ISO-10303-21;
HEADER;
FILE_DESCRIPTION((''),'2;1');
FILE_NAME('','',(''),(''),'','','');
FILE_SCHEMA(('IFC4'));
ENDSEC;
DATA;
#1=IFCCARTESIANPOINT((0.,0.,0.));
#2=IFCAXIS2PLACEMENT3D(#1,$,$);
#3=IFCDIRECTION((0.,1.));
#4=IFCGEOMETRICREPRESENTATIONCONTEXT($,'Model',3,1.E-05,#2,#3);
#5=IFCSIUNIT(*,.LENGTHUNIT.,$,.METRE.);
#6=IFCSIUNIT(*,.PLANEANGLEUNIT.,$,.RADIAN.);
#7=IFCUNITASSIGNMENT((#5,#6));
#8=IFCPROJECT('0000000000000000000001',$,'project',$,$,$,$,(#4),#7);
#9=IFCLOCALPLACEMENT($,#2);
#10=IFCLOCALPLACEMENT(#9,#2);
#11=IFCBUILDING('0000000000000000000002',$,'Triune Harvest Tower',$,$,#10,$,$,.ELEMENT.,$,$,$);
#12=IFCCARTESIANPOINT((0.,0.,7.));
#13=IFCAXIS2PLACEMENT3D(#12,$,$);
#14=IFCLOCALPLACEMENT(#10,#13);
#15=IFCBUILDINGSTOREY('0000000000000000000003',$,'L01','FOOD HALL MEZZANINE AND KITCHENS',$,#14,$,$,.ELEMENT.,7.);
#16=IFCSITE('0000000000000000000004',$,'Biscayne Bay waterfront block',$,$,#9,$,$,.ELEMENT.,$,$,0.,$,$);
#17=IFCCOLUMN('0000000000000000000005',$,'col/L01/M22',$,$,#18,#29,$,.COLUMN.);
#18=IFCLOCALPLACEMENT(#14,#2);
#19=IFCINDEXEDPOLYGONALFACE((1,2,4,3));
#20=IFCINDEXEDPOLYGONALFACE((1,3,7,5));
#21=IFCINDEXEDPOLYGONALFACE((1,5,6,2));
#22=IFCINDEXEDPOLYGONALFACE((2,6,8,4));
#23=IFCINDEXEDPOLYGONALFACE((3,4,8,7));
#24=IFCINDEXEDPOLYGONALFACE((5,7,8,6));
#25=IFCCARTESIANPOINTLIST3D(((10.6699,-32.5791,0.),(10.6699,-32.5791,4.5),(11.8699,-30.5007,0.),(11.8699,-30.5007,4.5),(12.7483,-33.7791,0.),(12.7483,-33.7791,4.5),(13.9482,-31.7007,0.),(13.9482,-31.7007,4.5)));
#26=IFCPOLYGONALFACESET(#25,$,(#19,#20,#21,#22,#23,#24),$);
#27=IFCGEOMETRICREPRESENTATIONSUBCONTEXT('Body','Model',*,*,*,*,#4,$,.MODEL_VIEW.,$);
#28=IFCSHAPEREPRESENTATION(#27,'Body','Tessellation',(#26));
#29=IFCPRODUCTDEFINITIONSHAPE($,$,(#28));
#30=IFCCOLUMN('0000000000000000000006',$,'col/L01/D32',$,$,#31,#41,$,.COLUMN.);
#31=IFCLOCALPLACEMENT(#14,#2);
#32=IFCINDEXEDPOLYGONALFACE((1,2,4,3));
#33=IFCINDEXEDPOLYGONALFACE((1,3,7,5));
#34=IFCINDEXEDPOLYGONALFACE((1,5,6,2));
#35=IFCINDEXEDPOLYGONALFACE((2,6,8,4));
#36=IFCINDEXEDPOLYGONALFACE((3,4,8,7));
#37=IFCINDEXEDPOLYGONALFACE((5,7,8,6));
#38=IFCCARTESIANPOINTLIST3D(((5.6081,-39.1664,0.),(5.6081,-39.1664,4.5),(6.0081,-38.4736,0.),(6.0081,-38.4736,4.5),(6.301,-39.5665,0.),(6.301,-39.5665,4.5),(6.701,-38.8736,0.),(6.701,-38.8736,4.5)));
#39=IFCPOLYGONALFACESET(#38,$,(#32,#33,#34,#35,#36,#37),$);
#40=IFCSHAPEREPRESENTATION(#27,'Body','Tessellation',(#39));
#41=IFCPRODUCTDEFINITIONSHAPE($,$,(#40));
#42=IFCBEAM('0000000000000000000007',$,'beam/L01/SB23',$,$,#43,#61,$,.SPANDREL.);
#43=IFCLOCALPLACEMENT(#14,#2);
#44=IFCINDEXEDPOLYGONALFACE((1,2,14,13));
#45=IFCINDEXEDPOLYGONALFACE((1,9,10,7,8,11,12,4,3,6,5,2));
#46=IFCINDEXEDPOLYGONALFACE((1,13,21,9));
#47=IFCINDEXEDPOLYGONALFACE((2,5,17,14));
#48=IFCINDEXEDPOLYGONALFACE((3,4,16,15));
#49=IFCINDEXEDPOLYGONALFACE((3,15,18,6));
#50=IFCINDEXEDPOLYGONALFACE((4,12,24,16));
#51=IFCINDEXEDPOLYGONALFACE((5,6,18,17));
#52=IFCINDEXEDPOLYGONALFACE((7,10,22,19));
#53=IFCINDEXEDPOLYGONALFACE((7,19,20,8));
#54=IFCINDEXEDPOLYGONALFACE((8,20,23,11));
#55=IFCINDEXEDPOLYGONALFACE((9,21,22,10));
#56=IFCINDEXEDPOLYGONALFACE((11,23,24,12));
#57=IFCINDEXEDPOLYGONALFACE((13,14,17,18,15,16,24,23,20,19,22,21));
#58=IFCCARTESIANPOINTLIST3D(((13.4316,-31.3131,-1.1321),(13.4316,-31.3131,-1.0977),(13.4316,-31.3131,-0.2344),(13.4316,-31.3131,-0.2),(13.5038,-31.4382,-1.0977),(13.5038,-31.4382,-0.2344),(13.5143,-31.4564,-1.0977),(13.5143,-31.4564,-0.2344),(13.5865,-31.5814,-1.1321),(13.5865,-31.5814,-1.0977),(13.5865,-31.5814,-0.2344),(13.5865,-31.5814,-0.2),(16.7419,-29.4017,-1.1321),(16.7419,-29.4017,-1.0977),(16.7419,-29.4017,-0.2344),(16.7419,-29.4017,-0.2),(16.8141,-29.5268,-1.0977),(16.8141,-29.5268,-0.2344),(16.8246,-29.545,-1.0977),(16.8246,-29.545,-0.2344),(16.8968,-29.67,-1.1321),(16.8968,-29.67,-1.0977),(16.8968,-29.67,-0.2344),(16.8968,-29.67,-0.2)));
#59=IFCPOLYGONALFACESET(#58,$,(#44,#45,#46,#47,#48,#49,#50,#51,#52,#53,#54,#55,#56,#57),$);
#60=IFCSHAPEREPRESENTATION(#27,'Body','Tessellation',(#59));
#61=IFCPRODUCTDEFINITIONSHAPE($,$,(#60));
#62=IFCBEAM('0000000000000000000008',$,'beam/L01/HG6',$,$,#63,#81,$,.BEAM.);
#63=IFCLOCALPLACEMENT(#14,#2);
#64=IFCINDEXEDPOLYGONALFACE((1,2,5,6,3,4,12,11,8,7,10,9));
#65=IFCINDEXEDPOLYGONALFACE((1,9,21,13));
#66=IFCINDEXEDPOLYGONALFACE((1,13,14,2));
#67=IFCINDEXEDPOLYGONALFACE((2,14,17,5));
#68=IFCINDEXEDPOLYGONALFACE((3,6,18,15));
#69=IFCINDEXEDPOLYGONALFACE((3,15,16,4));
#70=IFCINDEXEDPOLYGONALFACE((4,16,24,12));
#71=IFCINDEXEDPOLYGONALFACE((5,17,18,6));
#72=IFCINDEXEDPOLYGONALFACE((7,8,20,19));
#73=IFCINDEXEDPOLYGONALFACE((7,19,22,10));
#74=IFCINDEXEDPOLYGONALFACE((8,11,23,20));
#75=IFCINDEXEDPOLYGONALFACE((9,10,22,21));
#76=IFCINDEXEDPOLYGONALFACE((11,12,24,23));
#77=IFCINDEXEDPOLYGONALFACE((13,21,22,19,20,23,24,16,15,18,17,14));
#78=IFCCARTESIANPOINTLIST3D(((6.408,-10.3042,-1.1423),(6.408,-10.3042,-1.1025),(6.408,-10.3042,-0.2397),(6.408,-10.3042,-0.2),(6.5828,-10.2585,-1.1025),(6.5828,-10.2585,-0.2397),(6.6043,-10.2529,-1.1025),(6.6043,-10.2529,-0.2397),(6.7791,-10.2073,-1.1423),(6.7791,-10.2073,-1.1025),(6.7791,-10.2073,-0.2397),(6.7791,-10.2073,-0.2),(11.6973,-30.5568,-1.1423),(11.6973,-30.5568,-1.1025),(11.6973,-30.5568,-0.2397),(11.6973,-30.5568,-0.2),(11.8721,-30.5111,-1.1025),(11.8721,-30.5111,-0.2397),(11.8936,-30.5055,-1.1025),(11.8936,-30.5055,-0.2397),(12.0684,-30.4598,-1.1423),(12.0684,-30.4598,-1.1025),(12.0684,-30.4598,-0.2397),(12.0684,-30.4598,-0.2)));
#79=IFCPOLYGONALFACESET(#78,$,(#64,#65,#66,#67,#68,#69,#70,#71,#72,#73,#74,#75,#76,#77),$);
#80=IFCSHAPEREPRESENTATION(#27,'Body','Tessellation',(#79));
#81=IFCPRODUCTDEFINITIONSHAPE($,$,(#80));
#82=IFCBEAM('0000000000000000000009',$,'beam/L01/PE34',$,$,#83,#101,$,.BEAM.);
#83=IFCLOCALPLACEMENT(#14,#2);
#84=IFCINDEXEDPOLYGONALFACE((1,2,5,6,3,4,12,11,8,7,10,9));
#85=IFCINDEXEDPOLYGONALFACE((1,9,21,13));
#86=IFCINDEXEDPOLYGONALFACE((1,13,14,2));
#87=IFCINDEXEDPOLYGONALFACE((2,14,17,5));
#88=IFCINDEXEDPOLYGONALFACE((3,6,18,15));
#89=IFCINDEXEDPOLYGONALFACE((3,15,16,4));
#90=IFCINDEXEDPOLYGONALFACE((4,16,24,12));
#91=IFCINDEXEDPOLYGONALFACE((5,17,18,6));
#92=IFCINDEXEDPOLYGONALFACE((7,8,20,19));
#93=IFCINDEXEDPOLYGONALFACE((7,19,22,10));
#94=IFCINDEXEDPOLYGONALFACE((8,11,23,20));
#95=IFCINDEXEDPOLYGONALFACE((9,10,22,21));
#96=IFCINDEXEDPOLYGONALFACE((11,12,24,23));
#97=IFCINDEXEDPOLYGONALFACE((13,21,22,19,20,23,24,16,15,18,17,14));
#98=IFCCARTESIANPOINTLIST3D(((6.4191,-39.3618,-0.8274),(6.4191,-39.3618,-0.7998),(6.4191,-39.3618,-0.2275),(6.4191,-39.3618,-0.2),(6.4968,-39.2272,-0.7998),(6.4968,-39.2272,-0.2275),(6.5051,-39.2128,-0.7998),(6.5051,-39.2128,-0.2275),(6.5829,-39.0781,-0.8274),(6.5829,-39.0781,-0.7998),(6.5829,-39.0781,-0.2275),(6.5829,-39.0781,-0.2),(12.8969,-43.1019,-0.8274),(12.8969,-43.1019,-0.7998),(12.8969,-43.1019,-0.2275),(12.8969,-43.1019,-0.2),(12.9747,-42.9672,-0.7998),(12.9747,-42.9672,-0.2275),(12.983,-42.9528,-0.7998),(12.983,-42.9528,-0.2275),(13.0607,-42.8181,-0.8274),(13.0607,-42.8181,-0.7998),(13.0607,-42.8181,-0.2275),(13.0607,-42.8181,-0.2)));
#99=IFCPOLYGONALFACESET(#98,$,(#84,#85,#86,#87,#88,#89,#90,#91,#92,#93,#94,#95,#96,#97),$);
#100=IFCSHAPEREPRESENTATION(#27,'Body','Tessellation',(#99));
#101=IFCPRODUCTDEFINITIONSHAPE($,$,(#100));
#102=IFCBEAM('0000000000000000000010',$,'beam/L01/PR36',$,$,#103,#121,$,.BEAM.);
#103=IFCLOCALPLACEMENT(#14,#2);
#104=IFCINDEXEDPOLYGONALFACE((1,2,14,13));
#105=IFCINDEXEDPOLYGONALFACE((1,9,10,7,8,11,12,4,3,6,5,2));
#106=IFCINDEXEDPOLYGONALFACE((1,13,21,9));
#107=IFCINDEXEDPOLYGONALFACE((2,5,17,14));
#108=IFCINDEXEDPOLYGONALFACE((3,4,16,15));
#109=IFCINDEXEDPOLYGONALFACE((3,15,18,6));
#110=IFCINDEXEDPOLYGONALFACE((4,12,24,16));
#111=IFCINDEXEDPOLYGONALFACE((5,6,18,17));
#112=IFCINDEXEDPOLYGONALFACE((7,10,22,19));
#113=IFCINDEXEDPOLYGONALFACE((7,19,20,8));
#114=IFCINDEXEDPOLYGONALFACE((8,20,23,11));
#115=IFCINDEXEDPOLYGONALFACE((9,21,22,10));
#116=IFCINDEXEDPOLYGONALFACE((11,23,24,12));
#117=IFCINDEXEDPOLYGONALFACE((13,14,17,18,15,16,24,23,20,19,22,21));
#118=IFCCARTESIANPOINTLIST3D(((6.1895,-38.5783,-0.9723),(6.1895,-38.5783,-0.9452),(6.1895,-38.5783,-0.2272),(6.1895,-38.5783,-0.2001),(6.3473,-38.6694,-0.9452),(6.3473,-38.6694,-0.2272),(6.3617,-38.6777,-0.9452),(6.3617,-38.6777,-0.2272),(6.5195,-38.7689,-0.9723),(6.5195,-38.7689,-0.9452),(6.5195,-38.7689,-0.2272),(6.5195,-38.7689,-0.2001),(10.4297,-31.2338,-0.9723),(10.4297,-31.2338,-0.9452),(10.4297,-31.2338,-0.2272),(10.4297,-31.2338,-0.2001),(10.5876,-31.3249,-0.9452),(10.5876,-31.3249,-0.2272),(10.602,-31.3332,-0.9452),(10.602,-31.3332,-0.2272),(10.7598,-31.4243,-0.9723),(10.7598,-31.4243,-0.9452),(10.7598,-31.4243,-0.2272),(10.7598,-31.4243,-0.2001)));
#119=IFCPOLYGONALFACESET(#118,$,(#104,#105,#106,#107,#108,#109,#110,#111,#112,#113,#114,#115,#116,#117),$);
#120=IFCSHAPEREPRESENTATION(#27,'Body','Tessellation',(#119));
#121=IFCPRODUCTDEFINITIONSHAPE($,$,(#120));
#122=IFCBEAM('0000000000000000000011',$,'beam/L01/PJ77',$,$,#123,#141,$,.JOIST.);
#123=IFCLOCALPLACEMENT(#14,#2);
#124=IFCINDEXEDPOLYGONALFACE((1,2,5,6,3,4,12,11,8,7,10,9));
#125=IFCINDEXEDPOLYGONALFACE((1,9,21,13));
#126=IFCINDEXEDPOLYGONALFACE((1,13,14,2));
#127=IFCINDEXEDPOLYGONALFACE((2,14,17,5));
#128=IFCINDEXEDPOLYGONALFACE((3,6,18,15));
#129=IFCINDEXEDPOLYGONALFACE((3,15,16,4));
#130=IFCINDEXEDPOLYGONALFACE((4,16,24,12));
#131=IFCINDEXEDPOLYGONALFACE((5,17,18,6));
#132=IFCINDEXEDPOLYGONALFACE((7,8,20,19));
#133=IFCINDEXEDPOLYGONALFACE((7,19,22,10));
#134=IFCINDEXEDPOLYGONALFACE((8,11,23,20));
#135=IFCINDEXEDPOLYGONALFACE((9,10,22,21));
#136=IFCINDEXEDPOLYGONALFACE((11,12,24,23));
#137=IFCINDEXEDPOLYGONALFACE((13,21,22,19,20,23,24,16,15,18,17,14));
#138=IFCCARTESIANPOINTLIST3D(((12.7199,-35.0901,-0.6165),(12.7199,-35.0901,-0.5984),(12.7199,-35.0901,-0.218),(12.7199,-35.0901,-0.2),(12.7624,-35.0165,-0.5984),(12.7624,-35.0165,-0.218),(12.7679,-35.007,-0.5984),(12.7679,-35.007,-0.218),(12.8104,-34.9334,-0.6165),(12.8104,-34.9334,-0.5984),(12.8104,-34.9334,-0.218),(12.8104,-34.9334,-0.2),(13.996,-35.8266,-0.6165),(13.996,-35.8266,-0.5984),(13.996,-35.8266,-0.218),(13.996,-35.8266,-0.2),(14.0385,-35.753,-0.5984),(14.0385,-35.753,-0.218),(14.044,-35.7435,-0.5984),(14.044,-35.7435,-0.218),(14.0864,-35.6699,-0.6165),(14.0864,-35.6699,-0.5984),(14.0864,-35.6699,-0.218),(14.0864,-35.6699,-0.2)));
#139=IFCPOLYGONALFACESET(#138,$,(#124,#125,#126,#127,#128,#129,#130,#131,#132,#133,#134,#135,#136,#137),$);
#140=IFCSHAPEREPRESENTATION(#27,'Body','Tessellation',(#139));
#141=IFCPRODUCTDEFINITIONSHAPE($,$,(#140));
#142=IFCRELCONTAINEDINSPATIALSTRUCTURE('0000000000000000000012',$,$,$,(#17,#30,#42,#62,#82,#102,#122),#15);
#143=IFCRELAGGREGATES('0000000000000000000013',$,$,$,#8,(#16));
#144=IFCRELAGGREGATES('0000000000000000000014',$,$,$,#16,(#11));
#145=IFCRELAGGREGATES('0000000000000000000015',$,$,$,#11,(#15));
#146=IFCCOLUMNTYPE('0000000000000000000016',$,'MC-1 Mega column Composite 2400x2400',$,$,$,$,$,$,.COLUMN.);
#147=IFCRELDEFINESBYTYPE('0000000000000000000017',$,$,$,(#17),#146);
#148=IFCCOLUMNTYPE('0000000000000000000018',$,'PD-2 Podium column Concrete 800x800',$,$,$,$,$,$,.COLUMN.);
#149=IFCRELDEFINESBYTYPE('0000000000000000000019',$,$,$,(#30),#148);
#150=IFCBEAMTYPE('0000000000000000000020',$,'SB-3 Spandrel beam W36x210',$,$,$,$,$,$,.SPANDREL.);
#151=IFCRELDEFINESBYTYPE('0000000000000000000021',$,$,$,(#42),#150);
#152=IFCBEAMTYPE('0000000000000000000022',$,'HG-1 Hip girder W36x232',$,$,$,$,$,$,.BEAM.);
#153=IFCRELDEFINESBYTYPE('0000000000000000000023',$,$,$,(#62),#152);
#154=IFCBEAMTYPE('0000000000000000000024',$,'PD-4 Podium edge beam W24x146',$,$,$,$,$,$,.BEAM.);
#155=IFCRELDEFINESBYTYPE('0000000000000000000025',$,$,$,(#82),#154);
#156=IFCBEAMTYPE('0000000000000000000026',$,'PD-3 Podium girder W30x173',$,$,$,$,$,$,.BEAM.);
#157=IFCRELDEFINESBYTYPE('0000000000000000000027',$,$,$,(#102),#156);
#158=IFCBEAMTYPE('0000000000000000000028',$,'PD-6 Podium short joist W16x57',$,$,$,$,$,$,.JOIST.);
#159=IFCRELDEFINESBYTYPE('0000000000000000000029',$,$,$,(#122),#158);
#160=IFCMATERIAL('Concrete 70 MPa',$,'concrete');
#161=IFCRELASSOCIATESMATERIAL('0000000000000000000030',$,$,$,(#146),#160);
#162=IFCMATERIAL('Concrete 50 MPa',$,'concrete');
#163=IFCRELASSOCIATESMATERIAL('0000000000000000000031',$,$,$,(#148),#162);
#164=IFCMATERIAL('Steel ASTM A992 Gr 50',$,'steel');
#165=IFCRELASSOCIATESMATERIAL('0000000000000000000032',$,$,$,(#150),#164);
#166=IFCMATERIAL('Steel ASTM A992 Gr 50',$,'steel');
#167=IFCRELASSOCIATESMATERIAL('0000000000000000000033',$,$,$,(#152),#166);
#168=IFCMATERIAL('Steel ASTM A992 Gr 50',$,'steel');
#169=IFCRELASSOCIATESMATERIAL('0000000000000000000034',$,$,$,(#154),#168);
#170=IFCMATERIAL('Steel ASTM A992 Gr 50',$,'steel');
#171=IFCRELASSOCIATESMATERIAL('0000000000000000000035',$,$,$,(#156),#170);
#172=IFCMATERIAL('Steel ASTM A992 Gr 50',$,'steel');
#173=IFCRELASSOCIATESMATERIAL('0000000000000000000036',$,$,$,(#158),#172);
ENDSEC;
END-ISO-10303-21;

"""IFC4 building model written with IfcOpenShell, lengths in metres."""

from ifc_helpers import new_model, si_unit, direction, frame, origin, origin_2d, place, context, subcontext, project, spatial, rectangle, i_section, extrude, source, transform, mapped, material, material_profile, profile_set, type_object, element, save


model = new_model("IFC4")

# Units and contexts
model_context = context("Model", 3, precision=1e-05, world=origin(), true_north=direction((0.0, 1.0)))
body_context = subcontext(model_context, "Body", "Model", "MODEL_VIEW")
ifc_project = project(units=[si_unit("LENGTHUNIT", "METRE"), si_unit("PLANEANGLEUNIT", "RADIAN")], contexts=[model_context])

# Site, building, storey
site_placement = place(None, origin())
site = spatial("IfcSite", under=ifc_project, at=site_placement, Name="Biscayne Bay waterfront block", CompositionType="ELEMENT", RefElevation=0.0)
building_placement = place(site_placement, origin())
building = spatial("IfcBuilding", under=site, at=building_placement, Name="Triune Harvest Tower", CompositionType="ELEMENT")
storey_placement = place(building_placement, frame((0.0, 0.0, 7.0)))
storey = spatial("IfcBuildingStorey", under=building, at=storey_placement, Name="L01", Description="FOOD HALL MEZZANINE AND KITCHENS", CompositionType="ELEMENT", Elevation=7.0)

# Columns
ifc_material_1 = material(Name="Concrete 70 MPa", Category="concrete")
ifc_material_profile_1 = material_profile(ifc_material_1, rectangle(XDim=2.3999, YDim=2.3999, at=origin_2d()), Name="Composite 2400x2400")
ifc_profile_set_1 = profile_set([ifc_material_profile_1], Name="Concrete 70 MPa")
column_type_1 = type_object("IfcColumnType", Name="MC-1 Mega column Composite 2400x2400", PredefinedType="COLUMN", material=ifc_profile_set_1)
shared_shape_1 = source(origin(), body_context, "Body", "SweptSolid", [
    extrude(rectangle(XDim=2.3999, YDim=2.3999, at=origin_2d()), origin(), (0.0, 0.0, 1.0), 4.5),
])
column_1_placement = place(storey_placement, frame((12.3091, -32.1399, 0.0), z_axis=(0.0, 0.0, 1.0), x_axis=(0.866025, -0.5, 0.0)))
element("IfcColumn", 1, at=column_1_placement, inside=storey, type_object=column_type_1, Name="col/L01/M22", PredefinedType="COLUMN", context=body_context, shape_type="MappedRepresentation", body=[
    mapped(shared_shape_1, transform((0.0, 0.0, 0.0), scale=1.0)),
])
ifc_material_2 = material(Name="Concrete 50 MPa", Category="concrete")
ifc_material_profile_2 = material_profile(ifc_material_2, rectangle(XDim=0.8, YDim=0.8, at=origin_2d()), Name="Concrete 800x800")
ifc_profile_set_2 = profile_set([ifc_material_profile_2], Name="Concrete 50 MPa")
column_type_2 = type_object("IfcColumnType", Name="PD-2 Podium column Concrete 800x800", PredefinedType="COLUMN", material=ifc_profile_set_2)
shared_shape_2 = source(origin(), body_context, "Body", "SweptSolid", [
    extrude(rectangle(XDim=0.8, YDim=0.8, at=origin_2d()), origin(), (0.0, 0.0, 1.0), 4.5),
])
column_2_placement = place(storey_placement, frame((6.1545, -39.02, 0.0), z_axis=(0.0, 0.0, 1.0), x_axis=(0.866025, -0.5, 0.0)))
element("IfcColumn", 2, at=column_2_placement, inside=storey, type_object=column_type_2, Name="col/L01/D32", PredefinedType="COLUMN", context=body_context, shape_type="MappedRepresentation", body=[
    mapped(shared_shape_2, transform((0.0, 0.0, 0.0), scale=1.0)),
])

# Beams
ifc_material_3 = material(Name="Steel ASTM A992 Gr 50", Category="steel")
ifc_material_profile_3 = material_profile(ifc_material_3, i_section(OverallWidth=0.3098, OverallDepth=0.9321, WebThickness=0.021, FlangeThickness=0.0344, at=origin_2d()), Name="W36x210")
ifc_profile_set_3 = profile_set([ifc_material_profile_3], Name="Steel ASTM A992 Gr 50")
beam_type_1 = type_object("IfcBeamType", Name="SB-3 Spandrel beam W36x210", PredefinedType="SPANDREL", material=ifc_profile_set_3)
shared_shape_3 = source(origin(), body_context, "Body", "SweptSolid", [
    extrude(i_section(OverallWidth=0.3098, OverallDepth=0.9321, WebThickness=0.021, FlangeThickness=0.0344, at=origin_2d()), origin(), (0.0, 0.0, 1.0), 3.8225),
])
beam_1_placement = place(storey_placement, frame((13.509, -31.4473, -0.666), z_axis=(0.866006, 0.500034, 0.0), x_axis=(-0.500034, 0.866006, 0.0)))
element("IfcBeam", 3, at=beam_1_placement, inside=storey, type_object=beam_type_1, Name="beam/L01/SB23", PredefinedType="SPANDREL", context=body_context, shape_type="MappedRepresentation", body=[
    mapped(shared_shape_3, transform((0.0, 0.0, 0.0), scale=1.0)),
])
ifc_material_4 = material(Name="Steel ASTM A992 Gr 50", Category="steel")
ifc_material_profile_4 = material_profile(ifc_material_4, i_section(OverallWidth=0.3835, OverallDepth=0.9424, WebThickness=0.0222, FlangeThickness=0.0398, at=origin_2d()), Name="W36x232")
ifc_profile_set_4 = profile_set([ifc_material_profile_4], Name="Steel ASTM A992 Gr 50")
beam_type_2 = type_object("IfcBeamType", Name="HG-1 Hip girder W36x232", PredefinedType="BEAM", material=ifc_profile_set_4)
shared_shape_4 = source(origin(), body_context, "Body", "SweptSolid", [
    extrude(i_section(OverallWidth=0.3835, OverallDepth=0.9424, WebThickness=0.0222, FlangeThickness=0.0398, at=origin_2d()), origin(), (0.0, 0.0, 1.0), 20.9319),
])
beam_2_placement = place(storey_placement, frame((11.8828, -30.5083, -0.6711), z_axis=(-0.25269, 0.967547, 0.0), x_axis=(-0.967547, -0.25269, 0.0)))
element("IfcBeam", 4, at=beam_2_placement, inside=storey, type_object=beam_type_2, Name="beam/L01/HG6", PredefinedType="BEAM", context=body_context, shape_type="MappedRepresentation", body=[
    mapped(shared_shape_4, transform((0.0, 0.0, 0.0), scale=1.0)),
])
ifc_material_5 = material(Name="Steel ASTM A992 Gr 50", Category="steel")
ifc_material_profile_5 = material_profile(ifc_material_5, i_section(OverallWidth=0.3276, OverallDepth=0.6274, WebThickness=0.0166, FlangeThickness=0.0276, at=origin_2d()), Name="W24x146")
ifc_profile_set_5 = profile_set([ifc_material_profile_5], Name="Steel ASTM A992 Gr 50")
beam_type_3 = type_object("IfcBeamType", Name="PD-4 Podium edge beam W24x146", PredefinedType="BEAM", material=ifc_profile_set_5)
shared_shape_5 = source(origin(), body_context, "Body", "SweptSolid", [
    extrude(i_section(OverallWidth=0.3276, OverallDepth=0.6274, WebThickness=0.0166, FlangeThickness=0.0276, at=origin_2d()), origin(), (0.0, 0.0, 1.0), 7.48),
])
beam_3_placement = place(storey_placement, frame((6.501, -39.22, -0.5137), z_axis=(0.866023, -0.500004, 0.0), x_axis=(0.500004, 0.866023, 0.0)))
element("IfcBeam", 5, at=beam_3_placement, inside=storey, type_object=beam_type_3, Name="beam/L01/PE34", PredefinedType="BEAM", context=body_context, shape_type="MappedRepresentation", body=[
    mapped(shared_shape_5, transform((0.0, 0.0, 0.0), scale=1.0)),
])
ifc_material_6 = material(Name="Steel ASTM A992 Gr 50", Category="steel")
ifc_material_profile_6 = material_profile(ifc_material_6, i_section(OverallWidth=0.3811, OverallDepth=0.7722, WebThickness=0.0166, FlangeThickness=0.0271, at=origin_2d()), Name="W30x173")
ifc_profile_set_6 = profile_set([ifc_material_profile_6], Name="Steel ASTM A992 Gr 50")
beam_type_4 = type_object("IfcBeamType", Name="PD-3 Podium girder W30x173", PredefinedType="BEAM", material=ifc_profile_set_6)
shared_shape_6 = source(origin(), body_context, "Body", "SweptSolid", [
    extrude(i_section(OverallWidth=0.3811, OverallDepth=0.7722, WebThickness=0.0166, FlangeThickness=0.0271, at=origin_2d()), origin(), (0.0, 0.0, 1.0), 8.4807),
])
beam_4_placement = place(storey_placement, frame((6.3545, -38.6736, -0.5862), z_axis=(0.499991, 0.866031, 0.0), x_axis=(-0.866031, 0.499991, 0.0)))
element("IfcBeam", 6, at=beam_4_placement, inside=storey, type_object=beam_type_4, Name="beam/L01/PR36", PredefinedType="BEAM", context=body_context, shape_type="MappedRepresentation", body=[
    mapped(shared_shape_6, transform((0.0, 0.0, 0.0), scale=1.0)),
])
ifc_material_7 = material(Name="Steel ASTM A992 Gr 50", Category="steel")
ifc_material_profile_7 = material_profile(ifc_material_7, i_section(OverallWidth=0.1809, OverallDepth=0.4165, WebThickness=0.011, FlangeThickness=0.0181, at=origin_2d()), Name="W16x57")
ifc_profile_set_7 = profile_set([ifc_material_profile_7], Name="Steel ASTM A992 Gr 50")
beam_type_5 = type_object("IfcBeamType", Name="PD-6 Podium short joist W16x57", PredefinedType="JOIST", material=ifc_profile_set_7)
shared_shape_7 = source(origin(), body_context, "Body", "SweptSolid", [
    extrude(i_section(OverallWidth=0.1809, OverallDepth=0.4165, WebThickness=0.011, FlangeThickness=0.0181, at=origin_2d()), origin(), (0.0, 0.0, 1.0), 1.4734),
])
beam_5_placement = place(storey_placement, frame((12.7651, -35.0117, -0.4082), z_axis=(0.866084, -0.499899, 0.0), x_axis=(0.499899, 0.866084, 0.0)))
element("IfcBeam", 7, at=beam_5_placement, inside=storey, type_object=beam_type_5, Name="beam/L01/PJ77", PredefinedType="JOIST", context=body_context, shape_type="MappedRepresentation", body=[
    mapped(shared_shape_7, transform((0.0, 0.0, 0.0), scale=1.0)),
])

save(model, "model.ifc")
